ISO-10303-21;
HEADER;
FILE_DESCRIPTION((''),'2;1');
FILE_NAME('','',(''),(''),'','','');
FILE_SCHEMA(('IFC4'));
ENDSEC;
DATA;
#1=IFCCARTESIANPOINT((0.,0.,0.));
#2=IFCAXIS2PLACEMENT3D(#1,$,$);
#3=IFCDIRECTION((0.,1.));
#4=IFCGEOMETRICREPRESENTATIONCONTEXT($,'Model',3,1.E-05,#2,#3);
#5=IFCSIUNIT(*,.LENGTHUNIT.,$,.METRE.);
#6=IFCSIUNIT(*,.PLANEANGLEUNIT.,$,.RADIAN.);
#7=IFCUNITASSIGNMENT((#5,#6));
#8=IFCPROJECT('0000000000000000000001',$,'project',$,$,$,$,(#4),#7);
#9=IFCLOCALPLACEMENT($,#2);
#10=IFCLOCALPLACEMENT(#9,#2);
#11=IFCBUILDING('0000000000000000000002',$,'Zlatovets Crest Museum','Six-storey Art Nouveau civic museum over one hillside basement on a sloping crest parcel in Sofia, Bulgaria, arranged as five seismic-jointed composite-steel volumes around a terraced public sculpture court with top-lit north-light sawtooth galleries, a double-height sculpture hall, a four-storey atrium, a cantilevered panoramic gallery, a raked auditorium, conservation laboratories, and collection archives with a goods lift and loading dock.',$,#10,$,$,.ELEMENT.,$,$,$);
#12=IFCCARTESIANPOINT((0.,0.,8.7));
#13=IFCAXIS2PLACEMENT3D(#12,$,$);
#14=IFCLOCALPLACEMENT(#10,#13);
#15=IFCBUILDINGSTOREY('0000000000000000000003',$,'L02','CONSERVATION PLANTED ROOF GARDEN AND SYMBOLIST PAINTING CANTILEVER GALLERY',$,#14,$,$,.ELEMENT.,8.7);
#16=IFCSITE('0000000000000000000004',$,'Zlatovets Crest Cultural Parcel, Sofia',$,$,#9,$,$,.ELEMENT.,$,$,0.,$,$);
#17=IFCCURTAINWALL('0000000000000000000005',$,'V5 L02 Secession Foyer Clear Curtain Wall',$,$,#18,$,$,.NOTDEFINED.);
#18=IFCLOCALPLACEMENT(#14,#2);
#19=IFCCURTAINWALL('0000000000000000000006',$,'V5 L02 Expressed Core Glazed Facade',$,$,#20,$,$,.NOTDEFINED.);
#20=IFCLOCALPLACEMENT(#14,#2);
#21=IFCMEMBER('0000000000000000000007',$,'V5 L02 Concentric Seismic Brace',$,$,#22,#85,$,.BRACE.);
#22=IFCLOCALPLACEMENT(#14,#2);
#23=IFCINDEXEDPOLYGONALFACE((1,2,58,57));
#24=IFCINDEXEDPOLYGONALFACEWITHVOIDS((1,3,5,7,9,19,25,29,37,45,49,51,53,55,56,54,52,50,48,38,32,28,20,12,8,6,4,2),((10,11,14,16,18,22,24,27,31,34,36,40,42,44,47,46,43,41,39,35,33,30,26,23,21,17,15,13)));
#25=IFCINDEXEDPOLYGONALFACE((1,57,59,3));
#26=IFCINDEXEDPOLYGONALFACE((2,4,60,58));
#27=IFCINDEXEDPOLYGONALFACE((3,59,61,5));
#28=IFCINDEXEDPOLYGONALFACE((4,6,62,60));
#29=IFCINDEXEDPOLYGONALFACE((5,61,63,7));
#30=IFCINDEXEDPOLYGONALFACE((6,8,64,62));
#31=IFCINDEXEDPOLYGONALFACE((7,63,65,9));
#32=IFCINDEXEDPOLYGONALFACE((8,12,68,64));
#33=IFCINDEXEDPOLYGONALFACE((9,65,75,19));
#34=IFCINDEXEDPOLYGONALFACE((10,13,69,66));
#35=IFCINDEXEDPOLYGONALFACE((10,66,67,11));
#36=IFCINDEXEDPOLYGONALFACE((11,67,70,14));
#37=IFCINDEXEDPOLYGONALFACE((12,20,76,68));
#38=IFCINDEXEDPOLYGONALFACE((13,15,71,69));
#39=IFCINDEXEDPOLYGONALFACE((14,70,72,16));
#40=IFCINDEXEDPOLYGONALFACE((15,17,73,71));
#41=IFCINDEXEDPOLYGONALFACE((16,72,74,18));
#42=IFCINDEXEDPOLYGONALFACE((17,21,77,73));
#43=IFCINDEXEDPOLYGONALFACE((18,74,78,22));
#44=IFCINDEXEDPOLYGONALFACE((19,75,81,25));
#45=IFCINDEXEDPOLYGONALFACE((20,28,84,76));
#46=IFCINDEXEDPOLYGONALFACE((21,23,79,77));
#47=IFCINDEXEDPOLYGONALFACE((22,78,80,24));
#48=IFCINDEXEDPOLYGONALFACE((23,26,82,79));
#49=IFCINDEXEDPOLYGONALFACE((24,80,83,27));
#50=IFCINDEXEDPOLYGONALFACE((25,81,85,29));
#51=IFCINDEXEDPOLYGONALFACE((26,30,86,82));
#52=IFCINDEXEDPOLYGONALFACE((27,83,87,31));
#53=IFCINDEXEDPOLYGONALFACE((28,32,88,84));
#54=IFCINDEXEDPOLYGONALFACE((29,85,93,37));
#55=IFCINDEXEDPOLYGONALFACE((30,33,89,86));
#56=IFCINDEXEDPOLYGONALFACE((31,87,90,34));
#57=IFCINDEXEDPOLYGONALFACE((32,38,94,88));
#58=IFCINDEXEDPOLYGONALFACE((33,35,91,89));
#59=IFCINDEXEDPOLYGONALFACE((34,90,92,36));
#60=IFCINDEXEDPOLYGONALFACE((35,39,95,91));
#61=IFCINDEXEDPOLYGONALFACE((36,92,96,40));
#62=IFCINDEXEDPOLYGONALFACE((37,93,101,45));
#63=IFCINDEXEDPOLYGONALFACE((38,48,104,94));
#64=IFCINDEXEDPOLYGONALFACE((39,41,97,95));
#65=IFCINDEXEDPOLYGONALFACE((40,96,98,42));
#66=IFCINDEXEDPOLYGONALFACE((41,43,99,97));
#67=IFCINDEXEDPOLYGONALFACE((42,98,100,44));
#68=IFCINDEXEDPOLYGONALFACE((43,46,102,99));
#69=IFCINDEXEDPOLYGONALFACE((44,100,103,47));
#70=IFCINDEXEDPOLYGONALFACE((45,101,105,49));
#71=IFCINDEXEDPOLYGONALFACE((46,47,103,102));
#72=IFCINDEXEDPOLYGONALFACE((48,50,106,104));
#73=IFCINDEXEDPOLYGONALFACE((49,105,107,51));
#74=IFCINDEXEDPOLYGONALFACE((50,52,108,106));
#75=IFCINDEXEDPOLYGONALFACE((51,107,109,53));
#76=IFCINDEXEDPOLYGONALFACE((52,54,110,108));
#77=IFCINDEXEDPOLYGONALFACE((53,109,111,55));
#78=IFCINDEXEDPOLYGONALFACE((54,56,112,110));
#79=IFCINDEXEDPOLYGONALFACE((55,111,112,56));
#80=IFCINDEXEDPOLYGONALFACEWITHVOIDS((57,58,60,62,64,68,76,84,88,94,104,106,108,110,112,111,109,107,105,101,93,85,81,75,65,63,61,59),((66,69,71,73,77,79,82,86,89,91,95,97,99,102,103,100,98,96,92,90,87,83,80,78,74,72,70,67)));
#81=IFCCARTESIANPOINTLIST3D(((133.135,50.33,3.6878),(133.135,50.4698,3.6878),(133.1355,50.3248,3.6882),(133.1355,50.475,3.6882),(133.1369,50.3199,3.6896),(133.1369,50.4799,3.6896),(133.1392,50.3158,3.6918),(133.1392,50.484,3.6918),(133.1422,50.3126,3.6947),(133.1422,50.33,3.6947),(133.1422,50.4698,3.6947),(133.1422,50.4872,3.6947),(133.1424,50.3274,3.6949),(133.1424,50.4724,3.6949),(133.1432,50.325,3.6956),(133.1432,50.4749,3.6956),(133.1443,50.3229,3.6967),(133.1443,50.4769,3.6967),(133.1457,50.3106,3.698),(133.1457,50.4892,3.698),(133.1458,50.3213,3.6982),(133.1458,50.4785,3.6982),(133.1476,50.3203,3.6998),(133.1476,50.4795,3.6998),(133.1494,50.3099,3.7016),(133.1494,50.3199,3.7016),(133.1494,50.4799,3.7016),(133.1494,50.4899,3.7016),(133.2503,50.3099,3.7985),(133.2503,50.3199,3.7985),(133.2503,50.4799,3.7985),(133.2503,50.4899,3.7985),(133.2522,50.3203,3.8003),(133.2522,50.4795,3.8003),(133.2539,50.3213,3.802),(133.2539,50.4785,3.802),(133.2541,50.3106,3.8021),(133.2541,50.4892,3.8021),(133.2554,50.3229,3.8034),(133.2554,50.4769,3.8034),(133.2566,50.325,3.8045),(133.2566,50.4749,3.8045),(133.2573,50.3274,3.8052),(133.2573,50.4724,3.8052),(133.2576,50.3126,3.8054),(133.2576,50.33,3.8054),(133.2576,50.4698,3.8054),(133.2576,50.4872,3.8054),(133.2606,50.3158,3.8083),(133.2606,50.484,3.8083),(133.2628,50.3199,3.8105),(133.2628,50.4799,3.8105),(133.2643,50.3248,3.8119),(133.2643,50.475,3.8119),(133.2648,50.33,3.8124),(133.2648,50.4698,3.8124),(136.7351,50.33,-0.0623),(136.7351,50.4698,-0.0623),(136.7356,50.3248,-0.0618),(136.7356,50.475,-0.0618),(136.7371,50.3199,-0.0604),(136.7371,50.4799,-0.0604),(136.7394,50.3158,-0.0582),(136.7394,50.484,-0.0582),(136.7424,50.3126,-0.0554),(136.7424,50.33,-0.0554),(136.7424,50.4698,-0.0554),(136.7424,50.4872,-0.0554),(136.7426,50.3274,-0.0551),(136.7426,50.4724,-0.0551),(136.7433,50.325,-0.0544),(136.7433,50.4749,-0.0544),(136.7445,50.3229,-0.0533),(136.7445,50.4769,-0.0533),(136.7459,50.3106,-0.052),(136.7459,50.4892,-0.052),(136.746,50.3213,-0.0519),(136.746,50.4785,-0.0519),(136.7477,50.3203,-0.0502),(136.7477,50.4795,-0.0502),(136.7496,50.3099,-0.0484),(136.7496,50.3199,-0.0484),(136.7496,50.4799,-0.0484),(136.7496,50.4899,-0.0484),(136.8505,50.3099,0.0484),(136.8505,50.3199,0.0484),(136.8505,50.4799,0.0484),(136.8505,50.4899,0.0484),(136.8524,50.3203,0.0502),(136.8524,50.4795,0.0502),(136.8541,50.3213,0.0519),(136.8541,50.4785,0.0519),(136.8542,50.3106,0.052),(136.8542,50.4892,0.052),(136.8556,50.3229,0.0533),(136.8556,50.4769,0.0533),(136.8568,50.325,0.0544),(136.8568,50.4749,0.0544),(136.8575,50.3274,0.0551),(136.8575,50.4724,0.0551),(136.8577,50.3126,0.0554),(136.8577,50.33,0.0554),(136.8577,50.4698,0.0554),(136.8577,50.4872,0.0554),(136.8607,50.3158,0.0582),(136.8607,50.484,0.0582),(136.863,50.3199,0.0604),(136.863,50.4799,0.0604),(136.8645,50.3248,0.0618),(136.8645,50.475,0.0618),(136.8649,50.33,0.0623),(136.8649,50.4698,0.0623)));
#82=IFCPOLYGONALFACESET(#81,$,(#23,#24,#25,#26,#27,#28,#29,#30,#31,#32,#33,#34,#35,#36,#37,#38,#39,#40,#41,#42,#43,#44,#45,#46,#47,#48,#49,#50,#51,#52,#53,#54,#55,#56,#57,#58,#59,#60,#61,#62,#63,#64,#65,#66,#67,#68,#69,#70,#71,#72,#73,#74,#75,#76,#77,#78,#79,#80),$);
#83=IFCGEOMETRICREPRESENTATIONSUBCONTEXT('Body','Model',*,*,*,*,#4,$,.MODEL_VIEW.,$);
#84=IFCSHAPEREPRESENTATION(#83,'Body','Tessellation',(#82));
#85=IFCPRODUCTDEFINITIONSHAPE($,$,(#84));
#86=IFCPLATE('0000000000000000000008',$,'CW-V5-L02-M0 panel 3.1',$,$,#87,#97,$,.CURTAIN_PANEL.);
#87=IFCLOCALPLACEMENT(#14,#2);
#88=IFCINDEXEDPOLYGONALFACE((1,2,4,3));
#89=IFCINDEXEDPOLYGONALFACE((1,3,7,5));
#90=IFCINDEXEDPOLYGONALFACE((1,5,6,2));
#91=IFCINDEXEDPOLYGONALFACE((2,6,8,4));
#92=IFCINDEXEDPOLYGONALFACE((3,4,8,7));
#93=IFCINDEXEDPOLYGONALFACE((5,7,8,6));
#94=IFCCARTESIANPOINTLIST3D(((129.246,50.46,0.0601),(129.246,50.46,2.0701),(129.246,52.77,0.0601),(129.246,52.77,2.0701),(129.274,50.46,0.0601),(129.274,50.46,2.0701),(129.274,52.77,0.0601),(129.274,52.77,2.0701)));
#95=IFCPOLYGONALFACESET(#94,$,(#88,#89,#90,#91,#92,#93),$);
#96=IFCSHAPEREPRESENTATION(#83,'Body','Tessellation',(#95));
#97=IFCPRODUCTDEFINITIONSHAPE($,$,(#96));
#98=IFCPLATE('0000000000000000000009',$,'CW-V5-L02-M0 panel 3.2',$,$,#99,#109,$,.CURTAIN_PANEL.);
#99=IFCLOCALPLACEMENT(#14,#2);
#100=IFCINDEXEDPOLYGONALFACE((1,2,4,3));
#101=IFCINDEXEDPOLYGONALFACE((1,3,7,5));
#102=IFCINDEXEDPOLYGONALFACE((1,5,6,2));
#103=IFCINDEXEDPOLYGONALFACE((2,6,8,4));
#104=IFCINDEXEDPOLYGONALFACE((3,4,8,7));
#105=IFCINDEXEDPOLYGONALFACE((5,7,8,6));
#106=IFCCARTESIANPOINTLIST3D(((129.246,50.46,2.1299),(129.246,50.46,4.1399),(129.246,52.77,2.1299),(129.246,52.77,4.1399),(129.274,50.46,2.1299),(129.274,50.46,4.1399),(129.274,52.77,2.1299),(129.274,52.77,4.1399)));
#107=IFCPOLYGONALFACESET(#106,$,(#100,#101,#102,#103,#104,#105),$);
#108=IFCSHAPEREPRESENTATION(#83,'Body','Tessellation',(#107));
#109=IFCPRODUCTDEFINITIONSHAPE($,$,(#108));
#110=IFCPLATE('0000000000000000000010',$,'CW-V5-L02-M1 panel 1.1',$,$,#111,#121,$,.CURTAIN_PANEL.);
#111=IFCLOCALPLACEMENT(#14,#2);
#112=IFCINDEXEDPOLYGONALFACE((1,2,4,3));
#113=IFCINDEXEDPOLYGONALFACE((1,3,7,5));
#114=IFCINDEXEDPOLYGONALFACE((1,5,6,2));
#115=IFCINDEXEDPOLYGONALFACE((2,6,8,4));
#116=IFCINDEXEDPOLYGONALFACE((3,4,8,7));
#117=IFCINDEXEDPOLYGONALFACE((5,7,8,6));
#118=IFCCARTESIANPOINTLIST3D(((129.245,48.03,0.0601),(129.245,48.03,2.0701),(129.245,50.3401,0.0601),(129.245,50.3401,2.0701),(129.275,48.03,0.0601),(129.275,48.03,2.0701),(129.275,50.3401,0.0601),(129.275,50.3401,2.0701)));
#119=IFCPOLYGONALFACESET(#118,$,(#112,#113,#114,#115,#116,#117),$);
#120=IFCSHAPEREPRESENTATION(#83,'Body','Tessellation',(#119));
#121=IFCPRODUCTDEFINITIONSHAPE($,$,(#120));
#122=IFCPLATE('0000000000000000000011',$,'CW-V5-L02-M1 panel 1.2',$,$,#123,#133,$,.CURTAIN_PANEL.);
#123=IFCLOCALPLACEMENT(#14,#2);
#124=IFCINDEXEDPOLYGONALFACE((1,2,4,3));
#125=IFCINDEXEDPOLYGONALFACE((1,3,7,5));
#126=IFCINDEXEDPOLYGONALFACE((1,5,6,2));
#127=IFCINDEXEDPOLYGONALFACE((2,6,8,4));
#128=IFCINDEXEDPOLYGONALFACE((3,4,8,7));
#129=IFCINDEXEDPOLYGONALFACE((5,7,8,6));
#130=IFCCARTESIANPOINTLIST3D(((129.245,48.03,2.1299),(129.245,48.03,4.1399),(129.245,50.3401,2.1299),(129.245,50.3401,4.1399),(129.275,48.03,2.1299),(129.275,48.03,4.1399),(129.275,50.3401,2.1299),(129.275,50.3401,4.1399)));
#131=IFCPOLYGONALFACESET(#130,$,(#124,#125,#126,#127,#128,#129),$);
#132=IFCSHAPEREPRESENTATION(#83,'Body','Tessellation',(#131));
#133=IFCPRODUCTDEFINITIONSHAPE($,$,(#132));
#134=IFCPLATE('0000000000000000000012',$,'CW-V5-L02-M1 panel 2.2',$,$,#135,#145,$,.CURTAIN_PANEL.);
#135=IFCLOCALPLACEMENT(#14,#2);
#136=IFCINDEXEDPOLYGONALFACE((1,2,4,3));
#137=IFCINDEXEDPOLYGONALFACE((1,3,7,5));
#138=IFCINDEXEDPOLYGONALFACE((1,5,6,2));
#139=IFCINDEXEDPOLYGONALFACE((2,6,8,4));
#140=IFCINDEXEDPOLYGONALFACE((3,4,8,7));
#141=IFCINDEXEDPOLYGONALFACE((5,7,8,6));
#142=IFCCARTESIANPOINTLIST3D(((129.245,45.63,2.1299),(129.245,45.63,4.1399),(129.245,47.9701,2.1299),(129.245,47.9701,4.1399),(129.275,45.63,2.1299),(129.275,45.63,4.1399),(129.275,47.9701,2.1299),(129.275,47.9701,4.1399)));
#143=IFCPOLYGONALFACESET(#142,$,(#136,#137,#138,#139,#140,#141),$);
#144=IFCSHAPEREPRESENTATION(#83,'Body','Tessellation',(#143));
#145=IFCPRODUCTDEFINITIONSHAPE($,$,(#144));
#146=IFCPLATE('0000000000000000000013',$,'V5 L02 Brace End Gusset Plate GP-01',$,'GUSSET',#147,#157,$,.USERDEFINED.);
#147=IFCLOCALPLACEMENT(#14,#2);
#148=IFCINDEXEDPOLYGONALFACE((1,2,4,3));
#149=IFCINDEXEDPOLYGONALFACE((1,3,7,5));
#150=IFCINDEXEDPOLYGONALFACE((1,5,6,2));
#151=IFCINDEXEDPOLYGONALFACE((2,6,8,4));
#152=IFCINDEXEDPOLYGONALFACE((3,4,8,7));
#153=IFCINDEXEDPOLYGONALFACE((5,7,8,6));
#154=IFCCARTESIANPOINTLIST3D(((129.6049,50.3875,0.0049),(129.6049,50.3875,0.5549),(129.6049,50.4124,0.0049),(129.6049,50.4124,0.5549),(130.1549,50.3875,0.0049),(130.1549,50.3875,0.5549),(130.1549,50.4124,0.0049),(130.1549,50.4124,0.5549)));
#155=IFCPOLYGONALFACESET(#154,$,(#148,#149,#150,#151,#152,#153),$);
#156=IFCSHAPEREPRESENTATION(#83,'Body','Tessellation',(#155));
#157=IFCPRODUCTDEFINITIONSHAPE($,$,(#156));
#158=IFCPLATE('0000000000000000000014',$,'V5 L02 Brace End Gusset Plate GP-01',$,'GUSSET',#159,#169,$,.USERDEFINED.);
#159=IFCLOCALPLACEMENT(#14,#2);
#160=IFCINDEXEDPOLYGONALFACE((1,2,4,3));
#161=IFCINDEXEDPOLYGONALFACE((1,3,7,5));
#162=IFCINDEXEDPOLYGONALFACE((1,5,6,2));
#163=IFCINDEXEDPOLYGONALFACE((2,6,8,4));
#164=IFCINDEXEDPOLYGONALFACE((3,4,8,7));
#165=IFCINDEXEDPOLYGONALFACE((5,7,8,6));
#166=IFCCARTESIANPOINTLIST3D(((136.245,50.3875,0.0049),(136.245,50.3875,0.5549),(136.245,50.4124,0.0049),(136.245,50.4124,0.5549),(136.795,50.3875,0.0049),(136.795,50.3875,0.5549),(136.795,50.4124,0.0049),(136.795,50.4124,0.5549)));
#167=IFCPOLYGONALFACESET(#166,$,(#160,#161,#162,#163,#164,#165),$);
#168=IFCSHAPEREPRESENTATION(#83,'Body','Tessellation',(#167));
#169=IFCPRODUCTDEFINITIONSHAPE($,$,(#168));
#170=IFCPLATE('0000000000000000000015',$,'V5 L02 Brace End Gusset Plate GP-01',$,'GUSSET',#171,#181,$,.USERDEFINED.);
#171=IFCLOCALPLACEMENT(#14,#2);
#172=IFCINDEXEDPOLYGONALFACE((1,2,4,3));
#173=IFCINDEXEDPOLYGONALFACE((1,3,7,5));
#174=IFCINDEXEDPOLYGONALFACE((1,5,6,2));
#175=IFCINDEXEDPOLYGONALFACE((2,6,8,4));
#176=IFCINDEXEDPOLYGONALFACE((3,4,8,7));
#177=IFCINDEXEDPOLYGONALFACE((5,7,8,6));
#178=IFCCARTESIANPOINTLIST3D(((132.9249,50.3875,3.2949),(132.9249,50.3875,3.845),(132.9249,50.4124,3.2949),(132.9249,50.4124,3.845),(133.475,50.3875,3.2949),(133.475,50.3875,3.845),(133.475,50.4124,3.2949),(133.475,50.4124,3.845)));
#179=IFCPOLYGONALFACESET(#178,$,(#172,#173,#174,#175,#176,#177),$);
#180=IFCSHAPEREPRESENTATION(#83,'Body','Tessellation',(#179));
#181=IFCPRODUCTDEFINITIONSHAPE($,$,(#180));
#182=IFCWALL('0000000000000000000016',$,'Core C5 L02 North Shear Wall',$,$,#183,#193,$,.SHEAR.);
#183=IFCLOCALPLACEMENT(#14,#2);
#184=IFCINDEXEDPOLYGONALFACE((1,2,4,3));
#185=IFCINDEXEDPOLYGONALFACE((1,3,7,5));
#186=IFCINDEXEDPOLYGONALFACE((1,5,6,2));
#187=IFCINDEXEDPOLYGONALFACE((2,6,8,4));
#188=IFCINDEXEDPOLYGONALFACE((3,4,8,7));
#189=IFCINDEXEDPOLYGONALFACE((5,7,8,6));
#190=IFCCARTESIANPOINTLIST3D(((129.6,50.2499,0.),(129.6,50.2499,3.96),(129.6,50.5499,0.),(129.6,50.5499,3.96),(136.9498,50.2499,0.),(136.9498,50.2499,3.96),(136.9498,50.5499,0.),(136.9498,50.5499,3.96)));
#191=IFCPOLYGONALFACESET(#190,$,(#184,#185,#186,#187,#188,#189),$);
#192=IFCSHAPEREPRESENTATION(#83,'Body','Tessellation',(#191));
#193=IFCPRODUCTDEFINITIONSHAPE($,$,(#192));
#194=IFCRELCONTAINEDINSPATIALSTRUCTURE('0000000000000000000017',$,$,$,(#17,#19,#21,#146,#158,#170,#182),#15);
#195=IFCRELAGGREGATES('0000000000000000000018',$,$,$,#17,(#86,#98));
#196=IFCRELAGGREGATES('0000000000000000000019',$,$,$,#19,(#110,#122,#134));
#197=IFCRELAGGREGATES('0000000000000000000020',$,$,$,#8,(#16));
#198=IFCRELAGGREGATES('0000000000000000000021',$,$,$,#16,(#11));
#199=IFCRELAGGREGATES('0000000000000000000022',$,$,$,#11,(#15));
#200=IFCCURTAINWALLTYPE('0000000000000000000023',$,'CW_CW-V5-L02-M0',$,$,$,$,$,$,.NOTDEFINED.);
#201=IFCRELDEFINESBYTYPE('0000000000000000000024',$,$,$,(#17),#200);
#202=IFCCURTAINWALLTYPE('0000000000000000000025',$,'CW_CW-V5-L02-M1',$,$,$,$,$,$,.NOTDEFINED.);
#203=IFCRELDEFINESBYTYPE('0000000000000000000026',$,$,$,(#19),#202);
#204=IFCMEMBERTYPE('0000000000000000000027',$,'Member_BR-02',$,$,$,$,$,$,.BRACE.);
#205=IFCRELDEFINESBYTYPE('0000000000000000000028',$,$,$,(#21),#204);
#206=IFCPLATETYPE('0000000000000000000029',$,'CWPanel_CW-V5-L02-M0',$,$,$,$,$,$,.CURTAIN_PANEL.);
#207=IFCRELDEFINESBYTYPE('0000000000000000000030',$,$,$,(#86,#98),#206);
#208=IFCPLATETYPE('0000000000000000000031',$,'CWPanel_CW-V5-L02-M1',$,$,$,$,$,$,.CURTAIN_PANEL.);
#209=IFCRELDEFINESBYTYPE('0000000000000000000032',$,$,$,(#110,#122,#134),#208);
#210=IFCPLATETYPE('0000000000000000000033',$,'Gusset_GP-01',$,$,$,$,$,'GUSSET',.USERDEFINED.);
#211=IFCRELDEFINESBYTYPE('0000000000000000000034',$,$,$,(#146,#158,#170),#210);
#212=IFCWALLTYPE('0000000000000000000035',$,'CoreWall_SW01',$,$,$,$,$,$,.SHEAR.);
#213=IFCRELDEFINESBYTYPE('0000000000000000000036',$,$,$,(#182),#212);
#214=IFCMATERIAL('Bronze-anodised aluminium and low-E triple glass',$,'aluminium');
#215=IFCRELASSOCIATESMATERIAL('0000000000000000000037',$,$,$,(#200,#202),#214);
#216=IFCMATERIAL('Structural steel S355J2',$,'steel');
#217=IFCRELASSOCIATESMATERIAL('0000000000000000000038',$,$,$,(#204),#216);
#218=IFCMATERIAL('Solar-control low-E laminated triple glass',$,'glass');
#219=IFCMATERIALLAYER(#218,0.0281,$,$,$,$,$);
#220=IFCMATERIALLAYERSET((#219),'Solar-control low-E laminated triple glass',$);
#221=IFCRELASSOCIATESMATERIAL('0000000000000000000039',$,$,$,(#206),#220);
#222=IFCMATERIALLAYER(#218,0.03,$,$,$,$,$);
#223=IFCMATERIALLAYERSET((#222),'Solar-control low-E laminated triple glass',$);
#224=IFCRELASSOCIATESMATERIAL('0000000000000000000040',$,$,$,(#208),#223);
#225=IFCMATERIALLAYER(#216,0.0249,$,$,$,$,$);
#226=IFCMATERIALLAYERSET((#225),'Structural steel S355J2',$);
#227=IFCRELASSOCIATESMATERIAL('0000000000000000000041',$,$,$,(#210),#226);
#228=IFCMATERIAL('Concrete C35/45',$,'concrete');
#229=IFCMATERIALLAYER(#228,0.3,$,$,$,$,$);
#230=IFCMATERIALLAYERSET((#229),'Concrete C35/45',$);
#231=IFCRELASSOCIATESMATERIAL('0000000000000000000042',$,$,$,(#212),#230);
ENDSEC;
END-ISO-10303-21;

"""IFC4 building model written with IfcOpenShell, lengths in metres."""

from ifc_helpers import new_model, si_unit, direction, frame, frame_2d, origin, origin_2d, place, context, subcontext, project, spatial, rectangle, hollow_rectangle, extrude, material, layer, layer_set, material_profile, profile_set, type_object, element, aggregate, save


model = new_model("IFC4")

# Units and contexts
model_context = context("Model", 3, precision=1e-05, world=origin(), true_north=direction((0.0, 1.0)))
body_context = subcontext(model_context, "Body", "Model", "MODEL_VIEW")
ifc_project = project(units=[si_unit("LENGTHUNIT", "METRE"), si_unit("PLANEANGLEUNIT", "RADIAN")], contexts=[model_context])

# Site, building, storey
site_placement = place(None, origin())
site = spatial("IfcSite", under=ifc_project, at=site_placement, Name="Zlatovets Crest Cultural Parcel, Sofia", CompositionType="ELEMENT", RefElevation=0.0)
building_placement = place(site_placement, origin())
building = spatial("IfcBuilding", under=site, at=building_placement, Name="Zlatovets Crest Museum", Description="Six-storey Art Nouveau civic museum over one hillside basement on a sloping crest parcel in Sofia, Bulgaria, arranged as five seismic-jointed composite-steel volumes around a terraced public sculpture court with top-lit north-light sawtooth galleries, a double-height sculpture hall, a four-storey atrium, a cantilevered panoramic gallery, a raked auditorium, conservation laboratories, and collection archives with a goods lift and loading dock.", CompositionType="ELEMENT")
storey_placement = place(building_placement, frame((0.0, 0.0, 8.7)))
storey = spatial("IfcBuildingStorey", under=building, at=storey_placement, Name="L02", Description="CONSERVATION PLANTED ROOF GARDEN AND SYMBOLIST PAINTING CANTILEVER GALLERY", CompositionType="ELEMENT", Elevation=8.7)

# Shared definitions
ifc_material_1 = material(Name="Structural steel S355J2", Category="steel")

# Curtain wall
ifc_material_2 = material(Name="Bronze-anodised aluminium and low-E triple glass", Category="aluminium")
curtain_wall_type_1 = type_object("IfcCurtainWallType", Name="CW_CW-V5-L02-M0", PredefinedType="NOTDEFINED", material=ifc_material_2)
curtain_wall_1_placement = place(storey_placement, origin())
curtain_wall_1 = element("IfcCurtainWall", 1, at=curtain_wall_1_placement, inside=storey, type_object=curtain_wall_type_1, Name="V5 L02 Secession Foyer Clear Curtain Wall", PredefinedType="NOTDEFINED")

# Curtain wall
curtain_wall_type_2 = type_object("IfcCurtainWallType", Name="CW_CW-V5-L02-M1", PredefinedType="NOTDEFINED", material=ifc_material_2)
curtain_wall_2_placement = place(storey_placement, origin())
curtain_wall_2 = element("IfcCurtainWall", 2, at=curtain_wall_2_placement, inside=storey, type_object=curtain_wall_type_2, Name="V5 L02 Expressed Core Glazed Facade", PredefinedType="NOTDEFINED")

# Member
ifc_material_profile_1 = material_profile(ifc_material_1, hollow_rectangle(XDim=0.1799, YDim=0.1799, WallThickness=0.01, InnerFilletRadius=0.01, OuterFilletRadius=0.02, at=origin_2d()), Name="SHS 180x180x10.0")
ifc_profile_set_1 = profile_set([ifc_material_profile_1], Name="Structural steel S355J2")
member_type_1 = type_object("IfcMemberType", Name="Member_BR-02", PredefinedType="BRACE", material=ifc_profile_set_1)
member_1_placement = place(storey_placement, frame((136.8, 50.3999, 0.0), z_axis=(-0.692542, 0.0, 0.721378), x_axis=(0.0, -1.0, 0.0)))
element("IfcMember", 3, at=member_1_placement, inside=storey, type_object=member_type_1, Name="V5 L02 Concentric Seismic Brace", PredefinedType="BRACE", context=body_context, shape_type="SweptSolid", body=[
    extrude(hollow_rectangle(XDim=0.1799, YDim=0.1799, WallThickness=0.01, InnerFilletRadius=0.01, OuterFilletRadius=0.02, at=origin_2d()), origin(), (0.0, 0.0, 1.0), 5.1985),
])

# Plates
ifc_material_3 = material(Name="Solar-control low-E laminated triple glass", Category="glass")
ifc_layer_1 = layer(ifc_material_3, 0.0281)
ifc_layer_set_1 = layer_set([ifc_layer_1], Name="Solar-control low-E laminated triple glass")
plate_type_1 = type_object("IfcPlateType", Name="CWPanel_CW-V5-L02-M0", PredefinedType="CURTAIN_PANEL", material=ifc_layer_set_1)
plate_1_placement = place(storey_placement, frame((129.26, 51.615, 0.0601), z_axis=(0.0, 0.0, 1.0), x_axis=(0.0, -1.0, 0.0)))
plate_1 = element("IfcPlate", 4, at=plate_1_placement, type_object=plate_type_1, Name="CW-V5-L02-M0 panel 3.1", PredefinedType="CURTAIN_PANEL", context=body_context, shape_type="SweptSolid", body=[
    extrude(rectangle(XDim=2.3101, YDim=0.0281, at=origin_2d()), origin(), (0.0, 0.0, 1.0), 2.01),
])
plate_2_placement = place(storey_placement, frame((129.26, 51.615, 2.1299), z_axis=(0.0, 0.0, 1.0), x_axis=(0.0, -1.0, 0.0)))
plate_2 = element("IfcPlate", 5, at=plate_2_placement, type_object=plate_type_1, Name="CW-V5-L02-M0 panel 3.2", PredefinedType="CURTAIN_PANEL", context=body_context, shape_type="SweptSolid", body=[
    extrude(rectangle(XDim=2.3101, YDim=0.0281, at=origin_2d()), origin(), (0.0, 0.0, 1.0), 2.01),
])
aggregate(curtain_wall_1, [plate_1, plate_2])
ifc_layer_2 = layer(ifc_material_3, 0.03)
ifc_layer_set_2 = layer_set([ifc_layer_2], Name="Solar-control low-E laminated triple glass")
plate_type_2 = type_object("IfcPlateType", Name="CWPanel_CW-V5-L02-M1", PredefinedType="CURTAIN_PANEL", material=ifc_layer_set_2)
plate_3_placement = place(storey_placement, frame((129.26, 49.1851, 0.0601), z_axis=(0.0, 0.0, 1.0), x_axis=(0.0, -1.0, 0.0)))
plate_3 = element("IfcPlate", 6, at=plate_3_placement, type_object=plate_type_2, Name="CW-V5-L02-M1 panel 1.1", PredefinedType="CURTAIN_PANEL", context=body_context, shape_type="SweptSolid", body=[
    extrude(rectangle(XDim=2.3101, YDim=0.03, at=origin_2d()), origin(), (0.0, 0.0, 1.0), 2.01),
])
plate_4_placement = place(storey_placement, frame((129.26, 49.1851, 2.1299), z_axis=(0.0, 0.0, 1.0), x_axis=(0.0, -1.0, 0.0)))
plate_4 = element("IfcPlate", 7, at=plate_4_placement, type_object=plate_type_2, Name="CW-V5-L02-M1 panel 1.2", PredefinedType="CURTAIN_PANEL", context=body_context, shape_type="SweptSolid", body=[
    extrude(rectangle(XDim=2.3101, YDim=0.03, at=origin_2d()), origin(), (0.0, 0.0, 1.0), 2.01),
])
plate_5_placement = place(storey_placement, frame((129.26, 46.8, 2.1299), z_axis=(0.0, 0.0, 1.0), x_axis=(0.0, -1.0, 0.0)))
plate_5 = element("IfcPlate", 8, at=plate_5_placement, type_object=plate_type_2, Name="CW-V5-L02-M1 panel 2.2", PredefinedType="CURTAIN_PANEL", context=body_context, shape_type="SweptSolid", body=[
    extrude(rectangle(XDim=2.3401, YDim=0.03, at=origin_2d()), origin(), (0.0, 0.0, 1.0), 2.01),
])
aggregate(curtain_wall_2, [plate_3, plate_4, plate_5])

# Plates
ifc_layer_3 = layer(ifc_material_1, 0.0249)
ifc_layer_set_3 = layer_set([ifc_layer_3], Name="Structural steel S355J2")
plate_type_3 = type_object("IfcPlateType", Name="Gusset_GP-01", ElementType="GUSSET", PredefinedType="USERDEFINED", material=ifc_layer_set_3)
for number, where, z_axis, x_axis, name in (
    (9, (129.8799, 50.3999, 0.0049), (0.0, 0.0, 1.0), (1.0, 0.0, 0.0), "V5 L02 Brace End Gusset Plate GP-01"),
    (10, (136.52, 50.3999, 0.0049), (0.0, 0.0, 1.0), (1.0, 0.0, 0.0), "V5 L02 Brace End Gusset Plate GP-01"),
    (11, (133.2, 50.3999, 3.2949), (0.0, 0.0, 1.0), (1.0, 0.0, 0.0), "V5 L02 Brace End Gusset Plate GP-01"),
):
    element("IfcPlate", number, at=place(storey_placement, frame(where, z_axis=z_axis, x_axis=x_axis)), inside=storey, type_object=plate_type_3, Name=name, ObjectType="GUSSET", PredefinedType="USERDEFINED", context=body_context, shape_type="SweptSolid", body=[
        extrude(rectangle(XDim=0.55, YDim=0.0249, at=origin_2d()), origin(), (0.0, 0.0, 1.0), 0.55),
    ])

# Wall
ifc_material_4 = material(Name="Concrete C35/45", Category="concrete")
ifc_layer_4 = layer(ifc_material_4, 0.3)
ifc_layer_set_4 = layer_set([ifc_layer_4], Name="Concrete C35/45")
wall_type = type_object("IfcWallType", Name="CoreWall_SW01", PredefinedType="SHEAR", material=ifc_layer_set_4)
wall_placement = place(storey_placement, frame((129.6001, 50.3999, 0.0), z_axis=(0.0, 0.0, 1.0), x_axis=(1.0, 0.0, 0.0)))
element("IfcWall", 12, at=wall_placement, inside=storey, type_object=wall_type, Name="Core C5 L02 North Shear Wall", PredefinedType="SHEAR", context=body_context, shape_type="SweptSolid", body=[
    extrude(rectangle(XDim=7.3499, YDim=0.3, at=frame_2d((3.6748, 0.0))), origin(), (0.0, 0.0, 1.0), 3.96),
])

save(model, "model.ifc")
